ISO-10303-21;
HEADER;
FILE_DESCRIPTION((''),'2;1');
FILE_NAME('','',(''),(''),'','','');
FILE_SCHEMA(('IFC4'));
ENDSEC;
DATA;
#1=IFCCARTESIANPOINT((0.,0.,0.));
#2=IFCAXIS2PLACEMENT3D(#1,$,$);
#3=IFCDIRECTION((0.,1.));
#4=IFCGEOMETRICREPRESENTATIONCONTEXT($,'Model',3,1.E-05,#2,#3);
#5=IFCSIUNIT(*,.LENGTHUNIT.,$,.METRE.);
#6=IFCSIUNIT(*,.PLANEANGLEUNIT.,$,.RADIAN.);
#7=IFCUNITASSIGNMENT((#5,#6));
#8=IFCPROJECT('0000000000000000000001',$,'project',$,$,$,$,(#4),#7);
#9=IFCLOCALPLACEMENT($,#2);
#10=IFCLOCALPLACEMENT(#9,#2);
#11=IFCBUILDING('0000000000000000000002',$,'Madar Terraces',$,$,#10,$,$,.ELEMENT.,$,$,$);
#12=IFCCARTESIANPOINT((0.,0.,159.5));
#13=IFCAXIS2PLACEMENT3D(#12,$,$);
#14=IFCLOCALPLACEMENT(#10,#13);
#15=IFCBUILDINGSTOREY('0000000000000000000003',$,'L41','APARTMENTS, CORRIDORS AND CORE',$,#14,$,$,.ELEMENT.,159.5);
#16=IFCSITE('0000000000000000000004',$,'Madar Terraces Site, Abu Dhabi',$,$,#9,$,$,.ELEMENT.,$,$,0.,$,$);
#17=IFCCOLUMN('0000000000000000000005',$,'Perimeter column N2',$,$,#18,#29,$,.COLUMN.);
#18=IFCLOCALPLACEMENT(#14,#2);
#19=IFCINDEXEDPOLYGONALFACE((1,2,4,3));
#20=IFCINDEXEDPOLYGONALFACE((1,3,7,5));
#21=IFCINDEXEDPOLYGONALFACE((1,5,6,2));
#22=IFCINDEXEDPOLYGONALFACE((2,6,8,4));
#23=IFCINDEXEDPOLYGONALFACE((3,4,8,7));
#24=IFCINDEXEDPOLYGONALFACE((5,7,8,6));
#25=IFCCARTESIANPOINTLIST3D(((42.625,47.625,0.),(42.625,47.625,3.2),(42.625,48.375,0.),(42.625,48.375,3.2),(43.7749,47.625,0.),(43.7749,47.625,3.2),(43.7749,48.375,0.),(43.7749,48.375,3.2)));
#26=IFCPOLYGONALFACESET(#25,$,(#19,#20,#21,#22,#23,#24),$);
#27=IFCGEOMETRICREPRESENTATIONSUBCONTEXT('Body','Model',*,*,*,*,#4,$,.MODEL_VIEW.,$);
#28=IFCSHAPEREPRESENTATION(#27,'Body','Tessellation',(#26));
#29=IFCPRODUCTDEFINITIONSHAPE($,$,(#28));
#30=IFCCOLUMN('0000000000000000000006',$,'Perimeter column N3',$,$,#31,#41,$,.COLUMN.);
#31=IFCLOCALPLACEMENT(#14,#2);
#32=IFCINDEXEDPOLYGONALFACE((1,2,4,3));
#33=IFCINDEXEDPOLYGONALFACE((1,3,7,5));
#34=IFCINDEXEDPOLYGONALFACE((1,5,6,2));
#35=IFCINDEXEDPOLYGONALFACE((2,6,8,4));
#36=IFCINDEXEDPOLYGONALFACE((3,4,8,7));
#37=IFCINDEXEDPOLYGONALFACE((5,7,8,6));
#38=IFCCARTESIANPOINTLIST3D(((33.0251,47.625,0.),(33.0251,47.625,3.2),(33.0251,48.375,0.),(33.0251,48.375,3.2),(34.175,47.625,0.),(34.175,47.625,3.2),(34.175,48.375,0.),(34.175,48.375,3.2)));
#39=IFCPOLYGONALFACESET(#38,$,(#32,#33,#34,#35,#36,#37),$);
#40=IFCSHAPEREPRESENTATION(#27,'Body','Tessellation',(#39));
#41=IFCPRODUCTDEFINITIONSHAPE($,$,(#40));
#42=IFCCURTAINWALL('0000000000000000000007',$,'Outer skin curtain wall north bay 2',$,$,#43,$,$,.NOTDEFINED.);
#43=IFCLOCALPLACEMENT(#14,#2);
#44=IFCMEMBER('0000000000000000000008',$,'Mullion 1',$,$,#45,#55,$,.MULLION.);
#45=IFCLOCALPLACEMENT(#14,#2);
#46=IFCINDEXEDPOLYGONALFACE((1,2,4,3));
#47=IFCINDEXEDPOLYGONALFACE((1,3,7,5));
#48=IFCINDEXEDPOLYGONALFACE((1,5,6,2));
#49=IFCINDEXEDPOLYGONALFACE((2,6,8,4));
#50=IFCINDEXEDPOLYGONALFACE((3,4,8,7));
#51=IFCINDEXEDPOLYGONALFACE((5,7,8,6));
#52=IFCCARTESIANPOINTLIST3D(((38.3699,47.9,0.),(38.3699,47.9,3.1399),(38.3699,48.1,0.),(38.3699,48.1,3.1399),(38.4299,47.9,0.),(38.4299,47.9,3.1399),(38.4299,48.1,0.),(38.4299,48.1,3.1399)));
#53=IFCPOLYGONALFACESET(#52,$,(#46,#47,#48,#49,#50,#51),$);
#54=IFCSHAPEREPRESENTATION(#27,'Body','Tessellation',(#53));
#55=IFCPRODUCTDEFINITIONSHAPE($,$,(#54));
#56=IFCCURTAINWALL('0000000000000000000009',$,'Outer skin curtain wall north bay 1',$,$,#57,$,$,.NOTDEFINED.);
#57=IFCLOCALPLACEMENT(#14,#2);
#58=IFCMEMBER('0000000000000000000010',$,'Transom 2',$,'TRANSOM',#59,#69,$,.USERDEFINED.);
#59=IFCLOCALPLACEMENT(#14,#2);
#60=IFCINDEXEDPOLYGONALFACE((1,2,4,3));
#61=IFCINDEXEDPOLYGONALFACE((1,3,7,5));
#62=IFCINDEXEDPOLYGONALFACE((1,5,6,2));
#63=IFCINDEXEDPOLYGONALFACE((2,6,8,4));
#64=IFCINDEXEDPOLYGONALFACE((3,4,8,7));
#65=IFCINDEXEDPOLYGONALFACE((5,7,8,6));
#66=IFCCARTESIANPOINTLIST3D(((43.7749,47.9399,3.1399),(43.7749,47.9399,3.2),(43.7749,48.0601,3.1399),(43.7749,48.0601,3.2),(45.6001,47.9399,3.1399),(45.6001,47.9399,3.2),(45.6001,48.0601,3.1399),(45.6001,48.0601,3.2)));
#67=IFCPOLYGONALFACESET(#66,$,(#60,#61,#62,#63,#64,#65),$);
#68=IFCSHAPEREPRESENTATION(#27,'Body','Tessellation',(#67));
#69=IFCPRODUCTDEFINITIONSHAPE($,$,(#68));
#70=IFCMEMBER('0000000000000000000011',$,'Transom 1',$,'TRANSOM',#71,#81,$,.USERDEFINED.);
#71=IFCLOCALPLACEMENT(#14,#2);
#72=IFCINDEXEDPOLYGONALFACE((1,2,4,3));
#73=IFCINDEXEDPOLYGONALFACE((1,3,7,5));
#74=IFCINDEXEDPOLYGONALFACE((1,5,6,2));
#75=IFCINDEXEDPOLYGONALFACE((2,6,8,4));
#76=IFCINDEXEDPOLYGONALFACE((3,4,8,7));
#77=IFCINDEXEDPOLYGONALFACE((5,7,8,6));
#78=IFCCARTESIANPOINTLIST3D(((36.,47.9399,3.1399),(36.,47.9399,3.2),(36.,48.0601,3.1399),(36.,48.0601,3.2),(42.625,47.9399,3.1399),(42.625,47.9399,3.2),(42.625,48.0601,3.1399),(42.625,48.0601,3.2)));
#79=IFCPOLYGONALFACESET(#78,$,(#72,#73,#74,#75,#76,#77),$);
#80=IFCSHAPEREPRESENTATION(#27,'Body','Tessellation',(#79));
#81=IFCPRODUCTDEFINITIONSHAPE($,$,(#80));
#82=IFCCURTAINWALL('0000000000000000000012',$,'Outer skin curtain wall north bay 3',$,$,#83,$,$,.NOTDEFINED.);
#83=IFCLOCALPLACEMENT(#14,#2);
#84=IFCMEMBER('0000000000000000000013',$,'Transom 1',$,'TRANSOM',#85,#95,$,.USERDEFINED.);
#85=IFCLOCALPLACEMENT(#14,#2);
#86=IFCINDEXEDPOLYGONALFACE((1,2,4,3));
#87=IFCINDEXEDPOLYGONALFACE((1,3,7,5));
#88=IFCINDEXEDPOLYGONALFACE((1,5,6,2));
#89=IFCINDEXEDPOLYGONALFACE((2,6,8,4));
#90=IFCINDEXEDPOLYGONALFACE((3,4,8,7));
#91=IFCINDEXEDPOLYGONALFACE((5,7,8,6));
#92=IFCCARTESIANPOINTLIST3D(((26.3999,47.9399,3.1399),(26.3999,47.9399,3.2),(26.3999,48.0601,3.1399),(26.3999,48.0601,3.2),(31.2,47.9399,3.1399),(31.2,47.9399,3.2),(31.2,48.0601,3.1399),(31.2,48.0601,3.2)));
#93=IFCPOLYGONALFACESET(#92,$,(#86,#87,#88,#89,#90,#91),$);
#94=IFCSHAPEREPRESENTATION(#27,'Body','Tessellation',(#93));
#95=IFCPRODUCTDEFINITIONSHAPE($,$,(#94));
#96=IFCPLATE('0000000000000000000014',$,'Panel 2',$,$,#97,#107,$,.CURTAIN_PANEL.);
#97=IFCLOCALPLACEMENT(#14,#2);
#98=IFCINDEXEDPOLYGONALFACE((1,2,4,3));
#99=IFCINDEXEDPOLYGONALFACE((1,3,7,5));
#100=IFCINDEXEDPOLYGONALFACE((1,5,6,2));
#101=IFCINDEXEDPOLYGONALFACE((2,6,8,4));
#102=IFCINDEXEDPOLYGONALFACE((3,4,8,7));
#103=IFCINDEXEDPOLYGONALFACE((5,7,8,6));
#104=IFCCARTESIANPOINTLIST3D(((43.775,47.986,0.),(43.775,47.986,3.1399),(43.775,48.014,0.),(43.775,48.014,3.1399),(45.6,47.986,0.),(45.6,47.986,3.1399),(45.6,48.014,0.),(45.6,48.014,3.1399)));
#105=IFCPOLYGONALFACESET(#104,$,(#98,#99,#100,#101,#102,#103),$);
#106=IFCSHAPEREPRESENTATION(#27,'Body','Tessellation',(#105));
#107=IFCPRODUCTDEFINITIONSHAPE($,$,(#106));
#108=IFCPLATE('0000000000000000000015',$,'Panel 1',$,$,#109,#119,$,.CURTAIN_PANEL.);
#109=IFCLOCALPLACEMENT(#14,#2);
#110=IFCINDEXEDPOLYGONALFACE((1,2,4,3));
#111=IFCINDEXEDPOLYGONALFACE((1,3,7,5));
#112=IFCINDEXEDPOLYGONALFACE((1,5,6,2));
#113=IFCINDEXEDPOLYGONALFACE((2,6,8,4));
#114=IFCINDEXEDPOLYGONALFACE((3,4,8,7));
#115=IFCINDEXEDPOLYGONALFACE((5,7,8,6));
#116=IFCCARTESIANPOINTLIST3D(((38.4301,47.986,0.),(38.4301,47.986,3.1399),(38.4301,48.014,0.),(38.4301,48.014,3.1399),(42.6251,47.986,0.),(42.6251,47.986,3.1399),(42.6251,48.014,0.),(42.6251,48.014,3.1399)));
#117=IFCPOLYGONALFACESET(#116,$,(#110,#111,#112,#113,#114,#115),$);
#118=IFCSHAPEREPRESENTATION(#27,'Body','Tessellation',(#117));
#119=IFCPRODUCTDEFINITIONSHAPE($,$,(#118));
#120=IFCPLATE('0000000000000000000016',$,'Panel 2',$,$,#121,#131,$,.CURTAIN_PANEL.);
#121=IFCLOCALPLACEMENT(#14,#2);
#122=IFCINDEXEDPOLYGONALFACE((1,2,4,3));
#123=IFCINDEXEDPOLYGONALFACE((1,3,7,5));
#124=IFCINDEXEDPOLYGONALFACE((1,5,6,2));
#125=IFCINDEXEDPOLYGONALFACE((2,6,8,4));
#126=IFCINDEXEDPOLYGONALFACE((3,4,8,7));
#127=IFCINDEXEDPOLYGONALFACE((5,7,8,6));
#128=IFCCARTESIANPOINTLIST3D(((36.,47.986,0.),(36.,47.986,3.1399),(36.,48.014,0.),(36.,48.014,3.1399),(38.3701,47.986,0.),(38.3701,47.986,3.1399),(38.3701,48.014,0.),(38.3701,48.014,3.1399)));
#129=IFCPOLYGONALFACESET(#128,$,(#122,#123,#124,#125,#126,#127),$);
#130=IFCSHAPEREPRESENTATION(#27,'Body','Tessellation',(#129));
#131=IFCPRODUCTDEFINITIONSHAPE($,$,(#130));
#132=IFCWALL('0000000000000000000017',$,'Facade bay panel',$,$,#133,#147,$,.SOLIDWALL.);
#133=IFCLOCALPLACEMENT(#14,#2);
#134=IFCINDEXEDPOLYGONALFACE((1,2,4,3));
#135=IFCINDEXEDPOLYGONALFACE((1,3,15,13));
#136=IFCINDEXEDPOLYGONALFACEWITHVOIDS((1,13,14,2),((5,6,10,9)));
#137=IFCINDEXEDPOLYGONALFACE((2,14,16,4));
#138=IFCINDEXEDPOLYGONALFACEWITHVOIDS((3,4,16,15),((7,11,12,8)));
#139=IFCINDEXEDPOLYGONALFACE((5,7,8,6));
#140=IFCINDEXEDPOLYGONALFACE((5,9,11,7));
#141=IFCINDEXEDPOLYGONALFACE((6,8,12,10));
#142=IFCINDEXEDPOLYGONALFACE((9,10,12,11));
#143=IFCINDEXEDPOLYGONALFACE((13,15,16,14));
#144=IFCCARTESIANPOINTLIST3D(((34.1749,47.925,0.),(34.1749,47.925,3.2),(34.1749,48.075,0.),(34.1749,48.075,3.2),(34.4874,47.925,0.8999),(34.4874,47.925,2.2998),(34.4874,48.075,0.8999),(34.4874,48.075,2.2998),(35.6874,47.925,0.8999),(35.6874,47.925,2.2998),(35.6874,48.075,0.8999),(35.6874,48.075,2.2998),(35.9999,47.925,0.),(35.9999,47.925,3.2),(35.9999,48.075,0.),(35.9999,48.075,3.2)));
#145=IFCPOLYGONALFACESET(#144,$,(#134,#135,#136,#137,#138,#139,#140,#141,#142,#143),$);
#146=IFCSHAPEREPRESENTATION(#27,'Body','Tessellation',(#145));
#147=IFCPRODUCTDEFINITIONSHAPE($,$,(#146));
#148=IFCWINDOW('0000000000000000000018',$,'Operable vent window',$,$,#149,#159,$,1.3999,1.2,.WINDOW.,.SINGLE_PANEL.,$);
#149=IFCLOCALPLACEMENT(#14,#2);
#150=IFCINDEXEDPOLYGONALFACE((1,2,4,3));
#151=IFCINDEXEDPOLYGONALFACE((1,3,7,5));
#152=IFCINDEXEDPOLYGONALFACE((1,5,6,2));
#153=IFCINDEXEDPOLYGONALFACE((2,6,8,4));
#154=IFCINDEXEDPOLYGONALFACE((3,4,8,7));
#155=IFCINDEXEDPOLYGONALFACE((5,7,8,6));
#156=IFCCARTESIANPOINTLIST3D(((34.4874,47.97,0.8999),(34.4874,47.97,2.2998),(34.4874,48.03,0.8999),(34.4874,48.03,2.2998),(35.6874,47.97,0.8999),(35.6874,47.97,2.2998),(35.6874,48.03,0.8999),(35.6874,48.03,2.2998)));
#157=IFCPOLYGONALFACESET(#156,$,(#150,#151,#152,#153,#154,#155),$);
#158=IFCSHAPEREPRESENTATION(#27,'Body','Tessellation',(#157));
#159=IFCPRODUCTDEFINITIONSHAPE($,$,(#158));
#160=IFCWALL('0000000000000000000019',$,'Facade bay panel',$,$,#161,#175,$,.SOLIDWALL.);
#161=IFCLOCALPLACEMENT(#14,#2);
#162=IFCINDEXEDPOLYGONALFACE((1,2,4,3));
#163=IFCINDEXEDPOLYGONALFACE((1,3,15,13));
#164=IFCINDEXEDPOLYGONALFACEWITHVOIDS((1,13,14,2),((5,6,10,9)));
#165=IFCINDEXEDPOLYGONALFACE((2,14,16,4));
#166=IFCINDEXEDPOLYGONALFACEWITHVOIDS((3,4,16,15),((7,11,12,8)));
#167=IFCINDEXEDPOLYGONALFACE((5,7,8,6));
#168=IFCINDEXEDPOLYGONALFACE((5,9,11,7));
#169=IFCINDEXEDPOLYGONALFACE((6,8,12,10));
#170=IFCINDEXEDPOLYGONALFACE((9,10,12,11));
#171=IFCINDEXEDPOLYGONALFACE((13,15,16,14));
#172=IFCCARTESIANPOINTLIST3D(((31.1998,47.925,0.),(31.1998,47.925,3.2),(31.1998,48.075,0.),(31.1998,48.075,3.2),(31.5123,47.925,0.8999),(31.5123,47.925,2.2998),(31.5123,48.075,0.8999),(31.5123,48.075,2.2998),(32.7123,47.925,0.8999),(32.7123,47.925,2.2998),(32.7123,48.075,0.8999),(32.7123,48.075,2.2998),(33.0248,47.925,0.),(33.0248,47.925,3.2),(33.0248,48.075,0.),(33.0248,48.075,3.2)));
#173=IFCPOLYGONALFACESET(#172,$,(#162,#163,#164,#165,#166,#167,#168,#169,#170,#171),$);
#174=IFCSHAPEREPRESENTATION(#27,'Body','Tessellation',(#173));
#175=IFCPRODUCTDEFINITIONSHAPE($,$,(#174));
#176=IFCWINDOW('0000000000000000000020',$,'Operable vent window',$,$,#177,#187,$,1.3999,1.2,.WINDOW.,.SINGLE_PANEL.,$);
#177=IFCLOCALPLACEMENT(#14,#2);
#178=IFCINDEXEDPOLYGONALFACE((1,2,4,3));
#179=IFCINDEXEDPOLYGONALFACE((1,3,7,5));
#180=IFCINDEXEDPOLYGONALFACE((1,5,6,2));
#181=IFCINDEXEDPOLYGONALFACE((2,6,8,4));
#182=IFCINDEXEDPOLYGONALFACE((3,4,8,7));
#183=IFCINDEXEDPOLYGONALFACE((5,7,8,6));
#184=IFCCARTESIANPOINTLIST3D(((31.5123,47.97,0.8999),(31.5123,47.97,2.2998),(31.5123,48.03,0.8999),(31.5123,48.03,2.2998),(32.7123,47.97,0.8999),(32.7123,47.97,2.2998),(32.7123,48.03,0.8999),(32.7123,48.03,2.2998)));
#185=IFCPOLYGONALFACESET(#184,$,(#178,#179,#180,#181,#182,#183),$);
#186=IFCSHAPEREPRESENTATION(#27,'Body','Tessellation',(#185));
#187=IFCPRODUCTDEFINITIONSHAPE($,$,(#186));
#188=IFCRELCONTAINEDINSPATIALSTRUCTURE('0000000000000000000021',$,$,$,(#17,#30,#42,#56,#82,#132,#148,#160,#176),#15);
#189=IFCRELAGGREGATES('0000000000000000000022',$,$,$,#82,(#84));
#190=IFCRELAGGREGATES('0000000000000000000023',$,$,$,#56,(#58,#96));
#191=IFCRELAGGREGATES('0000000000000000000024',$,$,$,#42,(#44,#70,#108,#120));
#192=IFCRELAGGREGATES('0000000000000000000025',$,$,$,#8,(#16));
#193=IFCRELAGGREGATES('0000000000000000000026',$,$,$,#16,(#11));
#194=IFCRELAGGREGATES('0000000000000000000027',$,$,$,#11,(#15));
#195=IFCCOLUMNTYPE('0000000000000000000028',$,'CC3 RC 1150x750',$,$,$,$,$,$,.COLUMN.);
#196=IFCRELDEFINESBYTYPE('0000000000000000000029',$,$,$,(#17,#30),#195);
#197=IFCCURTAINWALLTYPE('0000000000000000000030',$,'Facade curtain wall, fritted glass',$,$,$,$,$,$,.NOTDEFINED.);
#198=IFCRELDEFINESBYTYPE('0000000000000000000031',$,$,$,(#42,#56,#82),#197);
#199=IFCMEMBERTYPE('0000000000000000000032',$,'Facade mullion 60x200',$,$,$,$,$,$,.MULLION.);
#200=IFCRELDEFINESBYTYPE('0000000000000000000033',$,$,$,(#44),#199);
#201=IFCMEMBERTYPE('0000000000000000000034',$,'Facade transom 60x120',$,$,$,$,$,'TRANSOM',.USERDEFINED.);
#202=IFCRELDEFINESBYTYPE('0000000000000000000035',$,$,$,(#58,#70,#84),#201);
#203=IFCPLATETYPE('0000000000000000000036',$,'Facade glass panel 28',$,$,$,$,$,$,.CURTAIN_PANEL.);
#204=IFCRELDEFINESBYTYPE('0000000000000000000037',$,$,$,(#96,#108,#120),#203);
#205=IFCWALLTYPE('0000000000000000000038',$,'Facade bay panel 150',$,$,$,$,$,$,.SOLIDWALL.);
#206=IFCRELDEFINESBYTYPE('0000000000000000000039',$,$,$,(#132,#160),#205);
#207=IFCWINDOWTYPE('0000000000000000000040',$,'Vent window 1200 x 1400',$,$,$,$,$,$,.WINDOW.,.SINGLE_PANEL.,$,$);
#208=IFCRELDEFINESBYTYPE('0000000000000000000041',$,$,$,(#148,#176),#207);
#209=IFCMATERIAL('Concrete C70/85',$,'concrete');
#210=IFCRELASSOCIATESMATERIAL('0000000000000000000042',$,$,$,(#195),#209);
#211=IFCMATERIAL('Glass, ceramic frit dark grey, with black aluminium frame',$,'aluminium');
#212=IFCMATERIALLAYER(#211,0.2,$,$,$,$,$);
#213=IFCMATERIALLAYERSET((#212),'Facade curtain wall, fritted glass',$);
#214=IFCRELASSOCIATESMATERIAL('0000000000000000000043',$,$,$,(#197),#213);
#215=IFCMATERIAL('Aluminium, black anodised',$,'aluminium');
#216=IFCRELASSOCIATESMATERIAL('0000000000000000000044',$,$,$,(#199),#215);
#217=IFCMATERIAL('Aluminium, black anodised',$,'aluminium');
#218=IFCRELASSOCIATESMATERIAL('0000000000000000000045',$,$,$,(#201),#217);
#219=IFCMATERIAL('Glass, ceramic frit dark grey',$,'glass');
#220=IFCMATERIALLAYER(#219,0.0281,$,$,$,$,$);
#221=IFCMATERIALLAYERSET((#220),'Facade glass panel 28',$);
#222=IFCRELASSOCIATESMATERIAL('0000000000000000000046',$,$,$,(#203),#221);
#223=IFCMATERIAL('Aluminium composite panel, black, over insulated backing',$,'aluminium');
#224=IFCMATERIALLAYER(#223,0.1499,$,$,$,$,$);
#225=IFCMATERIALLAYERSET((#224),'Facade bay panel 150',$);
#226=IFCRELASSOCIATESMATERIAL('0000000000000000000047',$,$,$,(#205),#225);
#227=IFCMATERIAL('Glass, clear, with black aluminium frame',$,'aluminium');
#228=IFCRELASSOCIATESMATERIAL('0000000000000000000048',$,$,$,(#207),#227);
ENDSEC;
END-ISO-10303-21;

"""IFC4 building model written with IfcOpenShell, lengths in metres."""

from ifc_helpers import new_model, si_unit, direction, frame, frame_2d, origin, origin_2d, place, context, subcontext, project, spatial, rectangle, extrude, material, layer, layer_set, material_profile, profile_set, type_object, element, fill, aggregate, save


model = new_model("IFC4")

# Units and contexts
model_context = context("Model", 3, precision=1e-05, world=origin(), true_north=direction((0.0, 1.0)))
body_context = subcontext(model_context, "Body", "Model", "MODEL_VIEW")
ifc_project = project(units=[si_unit("LENGTHUNIT", "METRE"), si_unit("PLANEANGLEUNIT", "RADIAN")], contexts=[model_context])

# Site, building, storey
site_placement = place(None, origin())
site = spatial("IfcSite", under=ifc_project, at=site_placement, Name="Madar Terraces Site, Abu Dhabi", CompositionType="ELEMENT", RefElevation=0.0)
building_placement = place(site_placement, origin())
building = spatial("IfcBuilding", under=site, at=building_placement, Name="Madar Terraces", CompositionType="ELEMENT")
storey_placement = place(building_placement, frame((0.0, 0.0, 159.5)))
storey = spatial("IfcBuildingStorey", under=building, at=storey_placement, Name="L41", Description="APARTMENTS, CORRIDORS AND CORE", CompositionType="ELEMENT", Elevation=159.5)

# Columns
ifc_material_1 = material(Name="Concrete C70/85", Category="concrete")
ifc_material_profile_1 = material_profile(ifc_material_1, rectangle(XDim=1.1499, YDim=0.75, at=origin_2d()), Name="CC3 RC 1150x750")
ifc_profile_set_1 = profile_set([ifc_material_profile_1], Name="Concrete C70/85")
column_type = type_object("IfcColumnType", Name="CC3 RC 1150x750", PredefinedType="COLUMN", material=ifc_profile_set_1)
for number, where, z_axis, x_axis, name in (
    (1, (43.2, 48.0, 0.0), (0.0, 0.0, 1.0), (1.0, 0.0, 0.0), "Perimeter column N2"),
    (2, (33.6001, 48.0, 0.0), (0.0, 0.0, 1.0), (1.0, 0.0, 0.0), "Perimeter column N3"),
):
    element("IfcColumn", number, at=place(storey_placement, frame(where, z_axis=z_axis, x_axis=x_axis)), inside=storey, type_object=column_type, Name=name, PredefinedType="COLUMN", context=body_context, shape_type="SweptSolid", body=[
        extrude(rectangle(XDim=1.1499, YDim=0.75, at=origin_2d()), origin(), (0.0, 0.0, 1.0), 3.2),
    ])

# Curtain walls, members
ifc_material_2 = material(Name="Glass, ceramic frit dark grey, with black aluminium frame", Category="aluminium")
ifc_layer_1 = layer(ifc_material_2, 0.2)
ifc_layer_set_1 = layer_set([ifc_layer_1], Name="Facade curtain wall, fritted glass")
curtain_wall_type = type_object("IfcCurtainWallType", Name="Facade curtain wall, fritted glass", PredefinedType="NOTDEFINED", material=ifc_layer_set_1)
curtain_wall_1_placement = place(storey_placement, origin())
curtain_wall_1 = element("IfcCurtainWall", 3, at=curtain_wall_1_placement, inside=storey, type_object=curtain_wall_type, Name="Outer skin curtain wall north bay 2", PredefinedType="NOTDEFINED")
ifc_material_3 = material(Name="Aluminium, black anodised", Category="aluminium")
ifc_material_profile_2 = material_profile(ifc_material_3, rectangle(XDim=0.2, YDim=0.0601, at=origin_2d()), Name="Facade mullion 60x200")
ifc_profile_set_2 = profile_set([ifc_material_profile_2], Name="Aluminium, black anodised")
member_type_1 = type_object("IfcMemberType", Name="Facade mullion 60x200", PredefinedType="MULLION", material=ifc_profile_set_2)
member_1_placement = place(storey_placement, frame((38.3999, 48.0, 0.0), z_axis=(0.0, 0.0, 1.0), x_axis=(0.0, -1.0, 0.0)))
member_1 = element("IfcMember", 4, at=member_1_placement, type_object=member_type_1, Name="Mullion 1", PredefinedType="MULLION", context=body_context, shape_type="SweptSolid", body=[
    extrude(rectangle(XDim=0.2, YDim=0.0601, at=origin_2d()), origin(), (0.0, 0.0, 1.0), 3.1399),
])
curtain_wall_2_placement = place(storey_placement, origin())
curtain_wall_2 = element("IfcCurtainWall", 5, at=curtain_wall_2_placement, inside=storey, type_object=curtain_wall_type, Name="Outer skin curtain wall north bay 1", PredefinedType="NOTDEFINED")
ifc_material_4 = material(Name="Aluminium, black anodised", Category="aluminium")
ifc_material_profile_3 = material_profile(ifc_material_4, rectangle(XDim=0.1201, YDim=0.0601, at=origin_2d()), Name="Facade transom 60x120")
ifc_profile_set_3 = profile_set([ifc_material_profile_3], Name="Aluminium, black anodised")
member_type_2 = type_object("IfcMemberType", Name="Facade transom 60x120", ElementType="TRANSOM", PredefinedType="USERDEFINED", material=ifc_profile_set_3)
member_2_placement = place(storey_placement, frame((45.6001, 48.0, 3.1699), z_axis=(-1.0, 0.0, 0.0), x_axis=(0.0, -1.0, 0.0)))
member_2 = element("IfcMember", 6, at=member_2_placement, type_object=member_type_2, Name="Transom 2", ObjectType="TRANSOM", PredefinedType="USERDEFINED", context=body_context, shape_type="SweptSolid", body=[
    extrude(rectangle(XDim=0.1201, YDim=0.0601, at=origin_2d()), origin(), (0.0, 0.0, 1.0), 1.8252),
])

# Member
member_3_placement = place(storey_placement, frame((42.625, 48.0, 3.1699), z_axis=(-1.0, 0.0, 0.0), x_axis=(0.0, -1.0, 0.0)))
member_3 = element("IfcMember", 7, at=member_3_placement, type_object=member_type_2, Name="Transom 1", ObjectType="TRANSOM", PredefinedType="USERDEFINED", context=body_context, shape_type="SweptSolid", body=[
    extrude(rectangle(XDim=0.1201, YDim=0.0601, at=origin_2d()), origin(), (0.0, 0.0, 1.0), 6.625),
])

# Curtain wall, member
curtain_wall_3_placement = place(storey_placement, origin())
curtain_wall_3 = element("IfcCurtainWall", 8, at=curtain_wall_3_placement, inside=storey, type_object=curtain_wall_type, Name="Outer skin curtain wall north bay 3", PredefinedType="NOTDEFINED")
member_4_placement = place(storey_placement, frame((31.2, 48.0, 3.1699), z_axis=(-1.0, 0.0, 0.0), x_axis=(0.0, -1.0, 0.0)))
member_4 = element("IfcMember", 9, at=member_4_placement, type_object=member_type_2, Name="Transom 1", ObjectType="TRANSOM", PredefinedType="USERDEFINED", context=body_context, shape_type="SweptSolid", body=[
    extrude(rectangle(XDim=0.1201, YDim=0.0601, at=origin_2d()), origin(), (0.0, 0.0, 1.0), 4.8),
])
aggregate(curtain_wall_3, [member_4])

# Plates
ifc_material_5 = material(Name="Glass, ceramic frit dark grey", Category="glass")
ifc_layer_2 = layer(ifc_material_5, 0.0281)
ifc_layer_set_2 = layer_set([ifc_layer_2], Name="Facade glass panel 28")
plate_type = type_object("IfcPlateType", Name="Facade glass panel 28", PredefinedType="CURTAIN_PANEL", material=ifc_layer_set_2)
plate_1_placement = place(storey_placement, frame((44.6875, 48.0, 0.0), z_axis=(0.0, 0.0, 1.0), x_axis=(-1.0, 0.0, 0.0)))
plate_1 = element("IfcPlate", 10, at=plate_1_placement, type_object=plate_type, Name="Panel 2", PredefinedType="CURTAIN_PANEL", context=body_context, shape_type="SweptSolid", body=[
    extrude(rectangle(XDim=1.825, YDim=0.0281, at=origin_2d()), origin(), (0.0, 0.0, 1.0), 3.1399),
])
aggregate(curtain_wall_2, [member_2, plate_1])
plate_2_placement = place(storey_placement, frame((40.5276, 48.0, 0.0), z_axis=(0.0, 0.0, 1.0), x_axis=(-1.0, 0.0, 0.0)))
plate_2 = element("IfcPlate", 11, at=plate_2_placement, type_object=plate_type, Name="Panel 1", PredefinedType="CURTAIN_PANEL", context=body_context, shape_type="SweptSolid", body=[
    extrude(rectangle(XDim=4.1951, YDim=0.0281, at=origin_2d()), origin(), (0.0, 0.0, 1.0), 3.1399),
])
plate_3_placement = place(storey_placement, frame((37.1851, 48.0, 0.0), z_axis=(0.0, 0.0, 1.0), x_axis=(-1.0, 0.0, 0.0)))
plate_3 = element("IfcPlate", 12, at=plate_3_placement, type_object=plate_type, Name="Panel 2", PredefinedType="CURTAIN_PANEL", context=body_context, shape_type="SweptSolid", body=[
    extrude(rectangle(XDim=2.3701, YDim=0.0281, at=origin_2d()), origin(), (0.0, 0.0, 1.0), 3.1399),
])
aggregate(curtain_wall_1, [member_1, member_3, plate_2, plate_3])

# Walls, openings, windows
ifc_material_6 = material(Name="Aluminium composite panel, black, over insulated backing", Category="aluminium")
ifc_layer_3 = layer(ifc_material_6, 0.1499)
ifc_layer_set_3 = layer_set([ifc_layer_3], Name="Facade bay panel 150")
wall_type_1 = type_object("IfcWallType", Name="Facade bay panel 150", PredefinedType="SOLIDWALL", material=ifc_layer_set_3)
wall_1_placement = place(storey_placement, frame((36.0, 48.0, 0.0), z_axis=(0.0, 0.0, 1.0), x_axis=(-1.0, 0.0, 0.0)))
wall_1 = element("IfcWall", 13, at=wall_1_placement, inside=storey, type_object=wall_type_1, Name="Facade bay panel", PredefinedType="SOLIDWALL", context=body_context, shape_type="SweptSolid", body=[
    extrude(rectangle(XDim=1.825, YDim=0.1499, at=frame_2d((0.9126, 0.0))), origin(), (0.0, 0.0, 1.0), 3.2),
])
opening_1_placement = place(wall_1_placement, frame((0.3125, 0.0, 0.8999)))
opening_1 = element("IfcOpeningElement", 14, at=opening_1_placement, cuts=wall_1, PredefinedType="OPENING", context=body_context, shape_type="SweptSolid", body=[
    extrude(rectangle(XDim=1.2, YDim=1.3999, at=frame_2d((0.6001, 0.7))), frame((0.0, 0.085, 0.0), z_axis=(0.0, -1.0, 0.0), x_axis=(1.0, 0.0, 0.0)), (0.0, 0.0, 1.0), 0.1699),
])
ifc_material_7 = material(Name="Glass, clear, with black aluminium frame", Category="aluminium")
window_type = type_object("IfcWindowType", Name="Vent window 1200 x 1400", PartitioningType="SINGLE_PANEL", PredefinedType="WINDOW", material=ifc_material_7)
window_1_placement = place(opening_1_placement, origin())
window_1 = element("IfcWindow", 15, at=window_1_placement, inside=storey, type_object=window_type, Name="Operable vent window", OverallHeight=1.3999, OverallWidth=1.2, PartitioningType="SINGLE_PANEL", PredefinedType="WINDOW", context=body_context, shape_type="SweptSolid", body=[
    extrude(rectangle(XDim=1.2, YDim=1.3999, at=frame_2d((0.6001, 0.7))), frame((0.0, 0.03, 0.0), z_axis=(0.0, -1.0, 0.0), x_axis=(1.0, 0.0, 0.0)), (0.0, 0.0, 1.0), 0.0601),
])
fill(opening_1, window_1)
wall_2_placement = place(storey_placement, frame((33.0249, 48.0, 0.0), z_axis=(0.0, 0.0, 1.0), x_axis=(-1.0, 0.0, 0.0)))
wall_2 = element("IfcWall", 16, at=wall_2_placement, inside=storey, type_object=wall_type_1, Name="Facade bay panel", PredefinedType="SOLIDWALL", context=body_context, shape_type="SweptSolid", body=[
    extrude(rectangle(XDim=1.825, YDim=0.1499, at=frame_2d((0.9126, 0.0))), origin(), (0.0, 0.0, 1.0), 3.2),
])
opening_2_placement = place(wall_2_placement, frame((0.3125, 0.0, 0.8999)))
opening_2 = element("IfcOpeningElement", 17, at=opening_2_placement, cuts=wall_2, PredefinedType="OPENING", context=body_context, shape_type="SweptSolid", body=[
    extrude(rectangle(XDim=1.2, YDim=1.3999, at=frame_2d((0.6001, 0.7))), frame((0.0, 0.085, 0.0), z_axis=(0.0, -1.0, 0.0), x_axis=(1.0, 0.0, 0.0)), (0.0, 0.0, 1.0), 0.1699),
])
window_2_placement = place(opening_2_placement, origin())
window_2 = element("IfcWindow", 18, at=window_2_placement, inside=storey, type_object=window_type, Name="Operable vent window", OverallHeight=1.3999, OverallWidth=1.2, PartitioningType="SINGLE_PANEL", PredefinedType="WINDOW", context=body_context, shape_type="SweptSolid", body=[
    extrude(rectangle(XDim=1.2, YDim=1.3999, at=frame_2d((0.6001, 0.7))), frame((0.0, 0.03, 0.0), z_axis=(0.0, -1.0, 0.0), x_axis=(1.0, 0.0, 0.0)), (0.0, 0.0, 1.0), 0.0601),
])
fill(opening_2, window_2)

save(model, "model.ifc")
